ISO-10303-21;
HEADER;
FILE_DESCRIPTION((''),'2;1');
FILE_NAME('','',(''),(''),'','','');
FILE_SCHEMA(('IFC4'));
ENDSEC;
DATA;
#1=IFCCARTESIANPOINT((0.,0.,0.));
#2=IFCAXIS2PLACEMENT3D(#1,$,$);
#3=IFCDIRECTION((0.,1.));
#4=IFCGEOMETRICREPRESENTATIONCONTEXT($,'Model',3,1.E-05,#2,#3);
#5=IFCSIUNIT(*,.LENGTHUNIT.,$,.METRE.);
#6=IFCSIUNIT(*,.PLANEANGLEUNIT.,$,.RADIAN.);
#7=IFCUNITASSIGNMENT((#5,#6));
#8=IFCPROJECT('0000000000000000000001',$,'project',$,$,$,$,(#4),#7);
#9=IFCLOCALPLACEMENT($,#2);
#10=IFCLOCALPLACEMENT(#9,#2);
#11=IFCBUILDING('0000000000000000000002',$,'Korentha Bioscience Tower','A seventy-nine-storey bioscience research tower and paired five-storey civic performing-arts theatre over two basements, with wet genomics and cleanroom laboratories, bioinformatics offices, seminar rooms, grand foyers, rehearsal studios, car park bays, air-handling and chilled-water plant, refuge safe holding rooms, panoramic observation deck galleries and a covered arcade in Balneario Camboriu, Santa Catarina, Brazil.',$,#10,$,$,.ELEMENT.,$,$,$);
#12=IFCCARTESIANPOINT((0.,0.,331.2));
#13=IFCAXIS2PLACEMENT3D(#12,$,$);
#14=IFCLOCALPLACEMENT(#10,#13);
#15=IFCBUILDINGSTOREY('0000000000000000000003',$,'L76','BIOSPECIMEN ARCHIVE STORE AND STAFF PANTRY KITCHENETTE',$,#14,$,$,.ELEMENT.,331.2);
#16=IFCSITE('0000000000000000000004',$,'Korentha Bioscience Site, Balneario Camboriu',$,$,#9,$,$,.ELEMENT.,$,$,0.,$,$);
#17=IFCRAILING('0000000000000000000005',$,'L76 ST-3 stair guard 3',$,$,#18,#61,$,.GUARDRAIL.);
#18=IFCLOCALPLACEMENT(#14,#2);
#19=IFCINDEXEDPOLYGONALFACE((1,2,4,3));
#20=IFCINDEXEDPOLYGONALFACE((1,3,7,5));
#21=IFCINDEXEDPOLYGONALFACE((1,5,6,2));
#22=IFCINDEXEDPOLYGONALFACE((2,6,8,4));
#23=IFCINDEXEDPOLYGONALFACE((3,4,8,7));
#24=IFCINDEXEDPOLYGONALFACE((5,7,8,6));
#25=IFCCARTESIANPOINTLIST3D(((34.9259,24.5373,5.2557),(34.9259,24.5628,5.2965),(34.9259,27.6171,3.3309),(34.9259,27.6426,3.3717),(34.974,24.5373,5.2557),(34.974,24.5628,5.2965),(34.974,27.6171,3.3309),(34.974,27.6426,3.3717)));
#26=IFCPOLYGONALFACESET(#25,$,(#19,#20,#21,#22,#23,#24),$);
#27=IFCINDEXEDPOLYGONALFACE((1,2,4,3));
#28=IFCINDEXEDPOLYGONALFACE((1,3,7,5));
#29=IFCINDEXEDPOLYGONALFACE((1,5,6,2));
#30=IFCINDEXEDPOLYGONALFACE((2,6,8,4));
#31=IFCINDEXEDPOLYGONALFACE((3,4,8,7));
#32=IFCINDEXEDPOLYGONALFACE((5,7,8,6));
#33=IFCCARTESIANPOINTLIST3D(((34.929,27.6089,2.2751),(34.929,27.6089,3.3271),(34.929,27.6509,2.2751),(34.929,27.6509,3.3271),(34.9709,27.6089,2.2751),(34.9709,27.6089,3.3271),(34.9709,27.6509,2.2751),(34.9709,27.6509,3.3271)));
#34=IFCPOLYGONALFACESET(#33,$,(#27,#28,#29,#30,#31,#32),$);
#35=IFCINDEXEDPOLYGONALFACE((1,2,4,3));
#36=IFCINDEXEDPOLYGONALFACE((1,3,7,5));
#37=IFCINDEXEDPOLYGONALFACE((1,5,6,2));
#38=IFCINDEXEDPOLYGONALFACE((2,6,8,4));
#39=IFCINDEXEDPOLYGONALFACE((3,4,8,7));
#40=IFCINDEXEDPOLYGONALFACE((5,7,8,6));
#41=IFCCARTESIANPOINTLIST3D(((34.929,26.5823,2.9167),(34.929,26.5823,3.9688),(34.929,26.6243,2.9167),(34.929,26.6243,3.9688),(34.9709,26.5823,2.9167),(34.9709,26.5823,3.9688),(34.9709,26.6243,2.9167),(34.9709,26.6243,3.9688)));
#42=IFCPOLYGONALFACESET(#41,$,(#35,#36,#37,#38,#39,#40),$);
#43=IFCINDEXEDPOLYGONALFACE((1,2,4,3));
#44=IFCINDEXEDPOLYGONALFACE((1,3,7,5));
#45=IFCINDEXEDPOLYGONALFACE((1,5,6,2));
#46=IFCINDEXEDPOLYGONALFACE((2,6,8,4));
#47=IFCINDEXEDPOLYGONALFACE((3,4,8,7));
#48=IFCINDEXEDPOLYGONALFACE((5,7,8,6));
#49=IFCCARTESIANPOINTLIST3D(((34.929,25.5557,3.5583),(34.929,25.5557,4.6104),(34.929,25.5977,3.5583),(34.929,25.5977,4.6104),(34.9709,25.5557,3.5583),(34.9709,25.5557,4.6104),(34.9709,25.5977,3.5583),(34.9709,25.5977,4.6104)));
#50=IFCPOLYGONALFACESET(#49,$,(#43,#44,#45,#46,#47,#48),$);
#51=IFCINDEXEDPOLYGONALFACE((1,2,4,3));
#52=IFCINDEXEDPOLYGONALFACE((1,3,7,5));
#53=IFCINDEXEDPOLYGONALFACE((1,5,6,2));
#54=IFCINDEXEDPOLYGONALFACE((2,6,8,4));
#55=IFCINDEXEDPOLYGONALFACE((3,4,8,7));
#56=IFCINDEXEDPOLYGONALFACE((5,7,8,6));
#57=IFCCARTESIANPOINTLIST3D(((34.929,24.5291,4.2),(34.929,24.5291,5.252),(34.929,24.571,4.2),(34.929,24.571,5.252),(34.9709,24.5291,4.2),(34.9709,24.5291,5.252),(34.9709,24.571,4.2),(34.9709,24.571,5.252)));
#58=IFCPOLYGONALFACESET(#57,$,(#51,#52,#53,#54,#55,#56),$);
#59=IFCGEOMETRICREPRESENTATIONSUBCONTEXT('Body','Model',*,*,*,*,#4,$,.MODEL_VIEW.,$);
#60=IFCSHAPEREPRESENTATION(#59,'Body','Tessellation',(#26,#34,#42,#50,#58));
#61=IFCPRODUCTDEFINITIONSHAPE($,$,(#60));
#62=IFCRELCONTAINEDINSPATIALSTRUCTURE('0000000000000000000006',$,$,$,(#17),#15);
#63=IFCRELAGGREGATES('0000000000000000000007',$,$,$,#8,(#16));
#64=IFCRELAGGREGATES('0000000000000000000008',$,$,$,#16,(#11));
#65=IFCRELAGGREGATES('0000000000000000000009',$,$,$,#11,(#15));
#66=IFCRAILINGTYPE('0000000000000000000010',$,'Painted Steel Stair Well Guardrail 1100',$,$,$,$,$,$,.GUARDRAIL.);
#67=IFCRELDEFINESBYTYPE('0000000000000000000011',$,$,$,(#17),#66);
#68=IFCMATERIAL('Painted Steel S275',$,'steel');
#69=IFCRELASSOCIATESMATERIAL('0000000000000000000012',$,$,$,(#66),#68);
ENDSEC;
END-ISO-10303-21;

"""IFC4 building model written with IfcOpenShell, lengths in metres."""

from ifc_helpers import new_model, si_unit, direction, frame, origin, origin_2d, place, context, subcontext, project, spatial, rectangle, extrude, material, type_object, element, save


model = new_model("IFC4")

# Units and contexts
model_context = context("Model", 3, precision=1e-05, world=origin(), true_north=direction((0.0, 1.0)))
body_context = subcontext(model_context, "Body", "Model", "MODEL_VIEW")
ifc_project = project(units=[si_unit("LENGTHUNIT", "METRE"), si_unit("PLANEANGLEUNIT", "RADIAN")], contexts=[model_context])

# Site, building, storey
site_placement = place(None, origin())
site = spatial("IfcSite", under=ifc_project, at=site_placement, Name="Korentha Bioscience Site, Balneario Camboriu", CompositionType="ELEMENT", RefElevation=0.0)
building_placement = place(site_placement, origin())
building = spatial("IfcBuilding", under=site, at=building_placement, Name="Korentha Bioscience Tower", Description="A seventy-nine-storey bioscience research tower and paired five-storey civic performing-arts theatre over two basements, with wet genomics and cleanroom laboratories, bioinformatics offices, seminar rooms, grand foyers, rehearsal studios, car park bays, air-handling and chilled-water plant, refuge safe holding rooms, panoramic observation deck galleries and a covered arcade in Balneario Camboriu, Santa Catarina, Brazil.", CompositionType="ELEMENT")
storey_placement = place(building_placement, frame((0.0, 0.0, 331.2)))
storey = spatial("IfcBuildingStorey", under=building, at=storey_placement, Name="L76", Description="BIOSPECIMEN ARCHIVE STORE AND STAFF PANTRY KITCHENETTE", CompositionType="ELEMENT", Elevation=331.2)

# Railing
ifc_material_1 = material(Name="Painted Steel S275", Category="steel")
railing_type_1 = type_object("IfcRailingType", Name="Painted Steel Stair Well Guardrail 1100", PredefinedType="GUARDRAIL", material=ifc_material_1)
railing_1_placement = place(storey_placement, frame((34.95, 27.6299, 2.2751)))
element("IfcRailing", 1, at=railing_1_placement, inside=storey, type_object=railing_type_1, Name="L76 ST-3 stair guard 3", PredefinedType="GUARDRAIL", context=body_context, shape_type="SweptSolid", body=[
    extrude(rectangle(XDim=0.0481, YDim=0.0481, at=origin_2d()), frame((0.0, 0.0, 1.0762), z_axis=(0.0, -0.84801, 0.529981), x_axis=(1.0, 0.0, 0.0)), (0.0, 0.0, 1.0), 3.6318),
    extrude(rectangle(XDim=0.042, YDim=0.042, at=origin_2d()), origin(), (0.0, 0.0, 1.0), 1.052),
    extrude(rectangle(XDim=0.042, YDim=0.042, at=origin_2d()), frame((0.0, -1.0266, 0.6416)), (0.0, 0.0, 1.0), 1.052),
    extrude(rectangle(XDim=0.042, YDim=0.042, at=origin_2d()), frame((0.0, -2.0532, 1.2832)), (0.0, 0.0, 1.0), 1.052),
    extrude(rectangle(XDim=0.042, YDim=0.042, at=origin_2d()), frame((0.0, -3.0798, 1.9248)), (0.0, 0.0, 1.0), 1.052),
])

save(model, "model.ifc")
